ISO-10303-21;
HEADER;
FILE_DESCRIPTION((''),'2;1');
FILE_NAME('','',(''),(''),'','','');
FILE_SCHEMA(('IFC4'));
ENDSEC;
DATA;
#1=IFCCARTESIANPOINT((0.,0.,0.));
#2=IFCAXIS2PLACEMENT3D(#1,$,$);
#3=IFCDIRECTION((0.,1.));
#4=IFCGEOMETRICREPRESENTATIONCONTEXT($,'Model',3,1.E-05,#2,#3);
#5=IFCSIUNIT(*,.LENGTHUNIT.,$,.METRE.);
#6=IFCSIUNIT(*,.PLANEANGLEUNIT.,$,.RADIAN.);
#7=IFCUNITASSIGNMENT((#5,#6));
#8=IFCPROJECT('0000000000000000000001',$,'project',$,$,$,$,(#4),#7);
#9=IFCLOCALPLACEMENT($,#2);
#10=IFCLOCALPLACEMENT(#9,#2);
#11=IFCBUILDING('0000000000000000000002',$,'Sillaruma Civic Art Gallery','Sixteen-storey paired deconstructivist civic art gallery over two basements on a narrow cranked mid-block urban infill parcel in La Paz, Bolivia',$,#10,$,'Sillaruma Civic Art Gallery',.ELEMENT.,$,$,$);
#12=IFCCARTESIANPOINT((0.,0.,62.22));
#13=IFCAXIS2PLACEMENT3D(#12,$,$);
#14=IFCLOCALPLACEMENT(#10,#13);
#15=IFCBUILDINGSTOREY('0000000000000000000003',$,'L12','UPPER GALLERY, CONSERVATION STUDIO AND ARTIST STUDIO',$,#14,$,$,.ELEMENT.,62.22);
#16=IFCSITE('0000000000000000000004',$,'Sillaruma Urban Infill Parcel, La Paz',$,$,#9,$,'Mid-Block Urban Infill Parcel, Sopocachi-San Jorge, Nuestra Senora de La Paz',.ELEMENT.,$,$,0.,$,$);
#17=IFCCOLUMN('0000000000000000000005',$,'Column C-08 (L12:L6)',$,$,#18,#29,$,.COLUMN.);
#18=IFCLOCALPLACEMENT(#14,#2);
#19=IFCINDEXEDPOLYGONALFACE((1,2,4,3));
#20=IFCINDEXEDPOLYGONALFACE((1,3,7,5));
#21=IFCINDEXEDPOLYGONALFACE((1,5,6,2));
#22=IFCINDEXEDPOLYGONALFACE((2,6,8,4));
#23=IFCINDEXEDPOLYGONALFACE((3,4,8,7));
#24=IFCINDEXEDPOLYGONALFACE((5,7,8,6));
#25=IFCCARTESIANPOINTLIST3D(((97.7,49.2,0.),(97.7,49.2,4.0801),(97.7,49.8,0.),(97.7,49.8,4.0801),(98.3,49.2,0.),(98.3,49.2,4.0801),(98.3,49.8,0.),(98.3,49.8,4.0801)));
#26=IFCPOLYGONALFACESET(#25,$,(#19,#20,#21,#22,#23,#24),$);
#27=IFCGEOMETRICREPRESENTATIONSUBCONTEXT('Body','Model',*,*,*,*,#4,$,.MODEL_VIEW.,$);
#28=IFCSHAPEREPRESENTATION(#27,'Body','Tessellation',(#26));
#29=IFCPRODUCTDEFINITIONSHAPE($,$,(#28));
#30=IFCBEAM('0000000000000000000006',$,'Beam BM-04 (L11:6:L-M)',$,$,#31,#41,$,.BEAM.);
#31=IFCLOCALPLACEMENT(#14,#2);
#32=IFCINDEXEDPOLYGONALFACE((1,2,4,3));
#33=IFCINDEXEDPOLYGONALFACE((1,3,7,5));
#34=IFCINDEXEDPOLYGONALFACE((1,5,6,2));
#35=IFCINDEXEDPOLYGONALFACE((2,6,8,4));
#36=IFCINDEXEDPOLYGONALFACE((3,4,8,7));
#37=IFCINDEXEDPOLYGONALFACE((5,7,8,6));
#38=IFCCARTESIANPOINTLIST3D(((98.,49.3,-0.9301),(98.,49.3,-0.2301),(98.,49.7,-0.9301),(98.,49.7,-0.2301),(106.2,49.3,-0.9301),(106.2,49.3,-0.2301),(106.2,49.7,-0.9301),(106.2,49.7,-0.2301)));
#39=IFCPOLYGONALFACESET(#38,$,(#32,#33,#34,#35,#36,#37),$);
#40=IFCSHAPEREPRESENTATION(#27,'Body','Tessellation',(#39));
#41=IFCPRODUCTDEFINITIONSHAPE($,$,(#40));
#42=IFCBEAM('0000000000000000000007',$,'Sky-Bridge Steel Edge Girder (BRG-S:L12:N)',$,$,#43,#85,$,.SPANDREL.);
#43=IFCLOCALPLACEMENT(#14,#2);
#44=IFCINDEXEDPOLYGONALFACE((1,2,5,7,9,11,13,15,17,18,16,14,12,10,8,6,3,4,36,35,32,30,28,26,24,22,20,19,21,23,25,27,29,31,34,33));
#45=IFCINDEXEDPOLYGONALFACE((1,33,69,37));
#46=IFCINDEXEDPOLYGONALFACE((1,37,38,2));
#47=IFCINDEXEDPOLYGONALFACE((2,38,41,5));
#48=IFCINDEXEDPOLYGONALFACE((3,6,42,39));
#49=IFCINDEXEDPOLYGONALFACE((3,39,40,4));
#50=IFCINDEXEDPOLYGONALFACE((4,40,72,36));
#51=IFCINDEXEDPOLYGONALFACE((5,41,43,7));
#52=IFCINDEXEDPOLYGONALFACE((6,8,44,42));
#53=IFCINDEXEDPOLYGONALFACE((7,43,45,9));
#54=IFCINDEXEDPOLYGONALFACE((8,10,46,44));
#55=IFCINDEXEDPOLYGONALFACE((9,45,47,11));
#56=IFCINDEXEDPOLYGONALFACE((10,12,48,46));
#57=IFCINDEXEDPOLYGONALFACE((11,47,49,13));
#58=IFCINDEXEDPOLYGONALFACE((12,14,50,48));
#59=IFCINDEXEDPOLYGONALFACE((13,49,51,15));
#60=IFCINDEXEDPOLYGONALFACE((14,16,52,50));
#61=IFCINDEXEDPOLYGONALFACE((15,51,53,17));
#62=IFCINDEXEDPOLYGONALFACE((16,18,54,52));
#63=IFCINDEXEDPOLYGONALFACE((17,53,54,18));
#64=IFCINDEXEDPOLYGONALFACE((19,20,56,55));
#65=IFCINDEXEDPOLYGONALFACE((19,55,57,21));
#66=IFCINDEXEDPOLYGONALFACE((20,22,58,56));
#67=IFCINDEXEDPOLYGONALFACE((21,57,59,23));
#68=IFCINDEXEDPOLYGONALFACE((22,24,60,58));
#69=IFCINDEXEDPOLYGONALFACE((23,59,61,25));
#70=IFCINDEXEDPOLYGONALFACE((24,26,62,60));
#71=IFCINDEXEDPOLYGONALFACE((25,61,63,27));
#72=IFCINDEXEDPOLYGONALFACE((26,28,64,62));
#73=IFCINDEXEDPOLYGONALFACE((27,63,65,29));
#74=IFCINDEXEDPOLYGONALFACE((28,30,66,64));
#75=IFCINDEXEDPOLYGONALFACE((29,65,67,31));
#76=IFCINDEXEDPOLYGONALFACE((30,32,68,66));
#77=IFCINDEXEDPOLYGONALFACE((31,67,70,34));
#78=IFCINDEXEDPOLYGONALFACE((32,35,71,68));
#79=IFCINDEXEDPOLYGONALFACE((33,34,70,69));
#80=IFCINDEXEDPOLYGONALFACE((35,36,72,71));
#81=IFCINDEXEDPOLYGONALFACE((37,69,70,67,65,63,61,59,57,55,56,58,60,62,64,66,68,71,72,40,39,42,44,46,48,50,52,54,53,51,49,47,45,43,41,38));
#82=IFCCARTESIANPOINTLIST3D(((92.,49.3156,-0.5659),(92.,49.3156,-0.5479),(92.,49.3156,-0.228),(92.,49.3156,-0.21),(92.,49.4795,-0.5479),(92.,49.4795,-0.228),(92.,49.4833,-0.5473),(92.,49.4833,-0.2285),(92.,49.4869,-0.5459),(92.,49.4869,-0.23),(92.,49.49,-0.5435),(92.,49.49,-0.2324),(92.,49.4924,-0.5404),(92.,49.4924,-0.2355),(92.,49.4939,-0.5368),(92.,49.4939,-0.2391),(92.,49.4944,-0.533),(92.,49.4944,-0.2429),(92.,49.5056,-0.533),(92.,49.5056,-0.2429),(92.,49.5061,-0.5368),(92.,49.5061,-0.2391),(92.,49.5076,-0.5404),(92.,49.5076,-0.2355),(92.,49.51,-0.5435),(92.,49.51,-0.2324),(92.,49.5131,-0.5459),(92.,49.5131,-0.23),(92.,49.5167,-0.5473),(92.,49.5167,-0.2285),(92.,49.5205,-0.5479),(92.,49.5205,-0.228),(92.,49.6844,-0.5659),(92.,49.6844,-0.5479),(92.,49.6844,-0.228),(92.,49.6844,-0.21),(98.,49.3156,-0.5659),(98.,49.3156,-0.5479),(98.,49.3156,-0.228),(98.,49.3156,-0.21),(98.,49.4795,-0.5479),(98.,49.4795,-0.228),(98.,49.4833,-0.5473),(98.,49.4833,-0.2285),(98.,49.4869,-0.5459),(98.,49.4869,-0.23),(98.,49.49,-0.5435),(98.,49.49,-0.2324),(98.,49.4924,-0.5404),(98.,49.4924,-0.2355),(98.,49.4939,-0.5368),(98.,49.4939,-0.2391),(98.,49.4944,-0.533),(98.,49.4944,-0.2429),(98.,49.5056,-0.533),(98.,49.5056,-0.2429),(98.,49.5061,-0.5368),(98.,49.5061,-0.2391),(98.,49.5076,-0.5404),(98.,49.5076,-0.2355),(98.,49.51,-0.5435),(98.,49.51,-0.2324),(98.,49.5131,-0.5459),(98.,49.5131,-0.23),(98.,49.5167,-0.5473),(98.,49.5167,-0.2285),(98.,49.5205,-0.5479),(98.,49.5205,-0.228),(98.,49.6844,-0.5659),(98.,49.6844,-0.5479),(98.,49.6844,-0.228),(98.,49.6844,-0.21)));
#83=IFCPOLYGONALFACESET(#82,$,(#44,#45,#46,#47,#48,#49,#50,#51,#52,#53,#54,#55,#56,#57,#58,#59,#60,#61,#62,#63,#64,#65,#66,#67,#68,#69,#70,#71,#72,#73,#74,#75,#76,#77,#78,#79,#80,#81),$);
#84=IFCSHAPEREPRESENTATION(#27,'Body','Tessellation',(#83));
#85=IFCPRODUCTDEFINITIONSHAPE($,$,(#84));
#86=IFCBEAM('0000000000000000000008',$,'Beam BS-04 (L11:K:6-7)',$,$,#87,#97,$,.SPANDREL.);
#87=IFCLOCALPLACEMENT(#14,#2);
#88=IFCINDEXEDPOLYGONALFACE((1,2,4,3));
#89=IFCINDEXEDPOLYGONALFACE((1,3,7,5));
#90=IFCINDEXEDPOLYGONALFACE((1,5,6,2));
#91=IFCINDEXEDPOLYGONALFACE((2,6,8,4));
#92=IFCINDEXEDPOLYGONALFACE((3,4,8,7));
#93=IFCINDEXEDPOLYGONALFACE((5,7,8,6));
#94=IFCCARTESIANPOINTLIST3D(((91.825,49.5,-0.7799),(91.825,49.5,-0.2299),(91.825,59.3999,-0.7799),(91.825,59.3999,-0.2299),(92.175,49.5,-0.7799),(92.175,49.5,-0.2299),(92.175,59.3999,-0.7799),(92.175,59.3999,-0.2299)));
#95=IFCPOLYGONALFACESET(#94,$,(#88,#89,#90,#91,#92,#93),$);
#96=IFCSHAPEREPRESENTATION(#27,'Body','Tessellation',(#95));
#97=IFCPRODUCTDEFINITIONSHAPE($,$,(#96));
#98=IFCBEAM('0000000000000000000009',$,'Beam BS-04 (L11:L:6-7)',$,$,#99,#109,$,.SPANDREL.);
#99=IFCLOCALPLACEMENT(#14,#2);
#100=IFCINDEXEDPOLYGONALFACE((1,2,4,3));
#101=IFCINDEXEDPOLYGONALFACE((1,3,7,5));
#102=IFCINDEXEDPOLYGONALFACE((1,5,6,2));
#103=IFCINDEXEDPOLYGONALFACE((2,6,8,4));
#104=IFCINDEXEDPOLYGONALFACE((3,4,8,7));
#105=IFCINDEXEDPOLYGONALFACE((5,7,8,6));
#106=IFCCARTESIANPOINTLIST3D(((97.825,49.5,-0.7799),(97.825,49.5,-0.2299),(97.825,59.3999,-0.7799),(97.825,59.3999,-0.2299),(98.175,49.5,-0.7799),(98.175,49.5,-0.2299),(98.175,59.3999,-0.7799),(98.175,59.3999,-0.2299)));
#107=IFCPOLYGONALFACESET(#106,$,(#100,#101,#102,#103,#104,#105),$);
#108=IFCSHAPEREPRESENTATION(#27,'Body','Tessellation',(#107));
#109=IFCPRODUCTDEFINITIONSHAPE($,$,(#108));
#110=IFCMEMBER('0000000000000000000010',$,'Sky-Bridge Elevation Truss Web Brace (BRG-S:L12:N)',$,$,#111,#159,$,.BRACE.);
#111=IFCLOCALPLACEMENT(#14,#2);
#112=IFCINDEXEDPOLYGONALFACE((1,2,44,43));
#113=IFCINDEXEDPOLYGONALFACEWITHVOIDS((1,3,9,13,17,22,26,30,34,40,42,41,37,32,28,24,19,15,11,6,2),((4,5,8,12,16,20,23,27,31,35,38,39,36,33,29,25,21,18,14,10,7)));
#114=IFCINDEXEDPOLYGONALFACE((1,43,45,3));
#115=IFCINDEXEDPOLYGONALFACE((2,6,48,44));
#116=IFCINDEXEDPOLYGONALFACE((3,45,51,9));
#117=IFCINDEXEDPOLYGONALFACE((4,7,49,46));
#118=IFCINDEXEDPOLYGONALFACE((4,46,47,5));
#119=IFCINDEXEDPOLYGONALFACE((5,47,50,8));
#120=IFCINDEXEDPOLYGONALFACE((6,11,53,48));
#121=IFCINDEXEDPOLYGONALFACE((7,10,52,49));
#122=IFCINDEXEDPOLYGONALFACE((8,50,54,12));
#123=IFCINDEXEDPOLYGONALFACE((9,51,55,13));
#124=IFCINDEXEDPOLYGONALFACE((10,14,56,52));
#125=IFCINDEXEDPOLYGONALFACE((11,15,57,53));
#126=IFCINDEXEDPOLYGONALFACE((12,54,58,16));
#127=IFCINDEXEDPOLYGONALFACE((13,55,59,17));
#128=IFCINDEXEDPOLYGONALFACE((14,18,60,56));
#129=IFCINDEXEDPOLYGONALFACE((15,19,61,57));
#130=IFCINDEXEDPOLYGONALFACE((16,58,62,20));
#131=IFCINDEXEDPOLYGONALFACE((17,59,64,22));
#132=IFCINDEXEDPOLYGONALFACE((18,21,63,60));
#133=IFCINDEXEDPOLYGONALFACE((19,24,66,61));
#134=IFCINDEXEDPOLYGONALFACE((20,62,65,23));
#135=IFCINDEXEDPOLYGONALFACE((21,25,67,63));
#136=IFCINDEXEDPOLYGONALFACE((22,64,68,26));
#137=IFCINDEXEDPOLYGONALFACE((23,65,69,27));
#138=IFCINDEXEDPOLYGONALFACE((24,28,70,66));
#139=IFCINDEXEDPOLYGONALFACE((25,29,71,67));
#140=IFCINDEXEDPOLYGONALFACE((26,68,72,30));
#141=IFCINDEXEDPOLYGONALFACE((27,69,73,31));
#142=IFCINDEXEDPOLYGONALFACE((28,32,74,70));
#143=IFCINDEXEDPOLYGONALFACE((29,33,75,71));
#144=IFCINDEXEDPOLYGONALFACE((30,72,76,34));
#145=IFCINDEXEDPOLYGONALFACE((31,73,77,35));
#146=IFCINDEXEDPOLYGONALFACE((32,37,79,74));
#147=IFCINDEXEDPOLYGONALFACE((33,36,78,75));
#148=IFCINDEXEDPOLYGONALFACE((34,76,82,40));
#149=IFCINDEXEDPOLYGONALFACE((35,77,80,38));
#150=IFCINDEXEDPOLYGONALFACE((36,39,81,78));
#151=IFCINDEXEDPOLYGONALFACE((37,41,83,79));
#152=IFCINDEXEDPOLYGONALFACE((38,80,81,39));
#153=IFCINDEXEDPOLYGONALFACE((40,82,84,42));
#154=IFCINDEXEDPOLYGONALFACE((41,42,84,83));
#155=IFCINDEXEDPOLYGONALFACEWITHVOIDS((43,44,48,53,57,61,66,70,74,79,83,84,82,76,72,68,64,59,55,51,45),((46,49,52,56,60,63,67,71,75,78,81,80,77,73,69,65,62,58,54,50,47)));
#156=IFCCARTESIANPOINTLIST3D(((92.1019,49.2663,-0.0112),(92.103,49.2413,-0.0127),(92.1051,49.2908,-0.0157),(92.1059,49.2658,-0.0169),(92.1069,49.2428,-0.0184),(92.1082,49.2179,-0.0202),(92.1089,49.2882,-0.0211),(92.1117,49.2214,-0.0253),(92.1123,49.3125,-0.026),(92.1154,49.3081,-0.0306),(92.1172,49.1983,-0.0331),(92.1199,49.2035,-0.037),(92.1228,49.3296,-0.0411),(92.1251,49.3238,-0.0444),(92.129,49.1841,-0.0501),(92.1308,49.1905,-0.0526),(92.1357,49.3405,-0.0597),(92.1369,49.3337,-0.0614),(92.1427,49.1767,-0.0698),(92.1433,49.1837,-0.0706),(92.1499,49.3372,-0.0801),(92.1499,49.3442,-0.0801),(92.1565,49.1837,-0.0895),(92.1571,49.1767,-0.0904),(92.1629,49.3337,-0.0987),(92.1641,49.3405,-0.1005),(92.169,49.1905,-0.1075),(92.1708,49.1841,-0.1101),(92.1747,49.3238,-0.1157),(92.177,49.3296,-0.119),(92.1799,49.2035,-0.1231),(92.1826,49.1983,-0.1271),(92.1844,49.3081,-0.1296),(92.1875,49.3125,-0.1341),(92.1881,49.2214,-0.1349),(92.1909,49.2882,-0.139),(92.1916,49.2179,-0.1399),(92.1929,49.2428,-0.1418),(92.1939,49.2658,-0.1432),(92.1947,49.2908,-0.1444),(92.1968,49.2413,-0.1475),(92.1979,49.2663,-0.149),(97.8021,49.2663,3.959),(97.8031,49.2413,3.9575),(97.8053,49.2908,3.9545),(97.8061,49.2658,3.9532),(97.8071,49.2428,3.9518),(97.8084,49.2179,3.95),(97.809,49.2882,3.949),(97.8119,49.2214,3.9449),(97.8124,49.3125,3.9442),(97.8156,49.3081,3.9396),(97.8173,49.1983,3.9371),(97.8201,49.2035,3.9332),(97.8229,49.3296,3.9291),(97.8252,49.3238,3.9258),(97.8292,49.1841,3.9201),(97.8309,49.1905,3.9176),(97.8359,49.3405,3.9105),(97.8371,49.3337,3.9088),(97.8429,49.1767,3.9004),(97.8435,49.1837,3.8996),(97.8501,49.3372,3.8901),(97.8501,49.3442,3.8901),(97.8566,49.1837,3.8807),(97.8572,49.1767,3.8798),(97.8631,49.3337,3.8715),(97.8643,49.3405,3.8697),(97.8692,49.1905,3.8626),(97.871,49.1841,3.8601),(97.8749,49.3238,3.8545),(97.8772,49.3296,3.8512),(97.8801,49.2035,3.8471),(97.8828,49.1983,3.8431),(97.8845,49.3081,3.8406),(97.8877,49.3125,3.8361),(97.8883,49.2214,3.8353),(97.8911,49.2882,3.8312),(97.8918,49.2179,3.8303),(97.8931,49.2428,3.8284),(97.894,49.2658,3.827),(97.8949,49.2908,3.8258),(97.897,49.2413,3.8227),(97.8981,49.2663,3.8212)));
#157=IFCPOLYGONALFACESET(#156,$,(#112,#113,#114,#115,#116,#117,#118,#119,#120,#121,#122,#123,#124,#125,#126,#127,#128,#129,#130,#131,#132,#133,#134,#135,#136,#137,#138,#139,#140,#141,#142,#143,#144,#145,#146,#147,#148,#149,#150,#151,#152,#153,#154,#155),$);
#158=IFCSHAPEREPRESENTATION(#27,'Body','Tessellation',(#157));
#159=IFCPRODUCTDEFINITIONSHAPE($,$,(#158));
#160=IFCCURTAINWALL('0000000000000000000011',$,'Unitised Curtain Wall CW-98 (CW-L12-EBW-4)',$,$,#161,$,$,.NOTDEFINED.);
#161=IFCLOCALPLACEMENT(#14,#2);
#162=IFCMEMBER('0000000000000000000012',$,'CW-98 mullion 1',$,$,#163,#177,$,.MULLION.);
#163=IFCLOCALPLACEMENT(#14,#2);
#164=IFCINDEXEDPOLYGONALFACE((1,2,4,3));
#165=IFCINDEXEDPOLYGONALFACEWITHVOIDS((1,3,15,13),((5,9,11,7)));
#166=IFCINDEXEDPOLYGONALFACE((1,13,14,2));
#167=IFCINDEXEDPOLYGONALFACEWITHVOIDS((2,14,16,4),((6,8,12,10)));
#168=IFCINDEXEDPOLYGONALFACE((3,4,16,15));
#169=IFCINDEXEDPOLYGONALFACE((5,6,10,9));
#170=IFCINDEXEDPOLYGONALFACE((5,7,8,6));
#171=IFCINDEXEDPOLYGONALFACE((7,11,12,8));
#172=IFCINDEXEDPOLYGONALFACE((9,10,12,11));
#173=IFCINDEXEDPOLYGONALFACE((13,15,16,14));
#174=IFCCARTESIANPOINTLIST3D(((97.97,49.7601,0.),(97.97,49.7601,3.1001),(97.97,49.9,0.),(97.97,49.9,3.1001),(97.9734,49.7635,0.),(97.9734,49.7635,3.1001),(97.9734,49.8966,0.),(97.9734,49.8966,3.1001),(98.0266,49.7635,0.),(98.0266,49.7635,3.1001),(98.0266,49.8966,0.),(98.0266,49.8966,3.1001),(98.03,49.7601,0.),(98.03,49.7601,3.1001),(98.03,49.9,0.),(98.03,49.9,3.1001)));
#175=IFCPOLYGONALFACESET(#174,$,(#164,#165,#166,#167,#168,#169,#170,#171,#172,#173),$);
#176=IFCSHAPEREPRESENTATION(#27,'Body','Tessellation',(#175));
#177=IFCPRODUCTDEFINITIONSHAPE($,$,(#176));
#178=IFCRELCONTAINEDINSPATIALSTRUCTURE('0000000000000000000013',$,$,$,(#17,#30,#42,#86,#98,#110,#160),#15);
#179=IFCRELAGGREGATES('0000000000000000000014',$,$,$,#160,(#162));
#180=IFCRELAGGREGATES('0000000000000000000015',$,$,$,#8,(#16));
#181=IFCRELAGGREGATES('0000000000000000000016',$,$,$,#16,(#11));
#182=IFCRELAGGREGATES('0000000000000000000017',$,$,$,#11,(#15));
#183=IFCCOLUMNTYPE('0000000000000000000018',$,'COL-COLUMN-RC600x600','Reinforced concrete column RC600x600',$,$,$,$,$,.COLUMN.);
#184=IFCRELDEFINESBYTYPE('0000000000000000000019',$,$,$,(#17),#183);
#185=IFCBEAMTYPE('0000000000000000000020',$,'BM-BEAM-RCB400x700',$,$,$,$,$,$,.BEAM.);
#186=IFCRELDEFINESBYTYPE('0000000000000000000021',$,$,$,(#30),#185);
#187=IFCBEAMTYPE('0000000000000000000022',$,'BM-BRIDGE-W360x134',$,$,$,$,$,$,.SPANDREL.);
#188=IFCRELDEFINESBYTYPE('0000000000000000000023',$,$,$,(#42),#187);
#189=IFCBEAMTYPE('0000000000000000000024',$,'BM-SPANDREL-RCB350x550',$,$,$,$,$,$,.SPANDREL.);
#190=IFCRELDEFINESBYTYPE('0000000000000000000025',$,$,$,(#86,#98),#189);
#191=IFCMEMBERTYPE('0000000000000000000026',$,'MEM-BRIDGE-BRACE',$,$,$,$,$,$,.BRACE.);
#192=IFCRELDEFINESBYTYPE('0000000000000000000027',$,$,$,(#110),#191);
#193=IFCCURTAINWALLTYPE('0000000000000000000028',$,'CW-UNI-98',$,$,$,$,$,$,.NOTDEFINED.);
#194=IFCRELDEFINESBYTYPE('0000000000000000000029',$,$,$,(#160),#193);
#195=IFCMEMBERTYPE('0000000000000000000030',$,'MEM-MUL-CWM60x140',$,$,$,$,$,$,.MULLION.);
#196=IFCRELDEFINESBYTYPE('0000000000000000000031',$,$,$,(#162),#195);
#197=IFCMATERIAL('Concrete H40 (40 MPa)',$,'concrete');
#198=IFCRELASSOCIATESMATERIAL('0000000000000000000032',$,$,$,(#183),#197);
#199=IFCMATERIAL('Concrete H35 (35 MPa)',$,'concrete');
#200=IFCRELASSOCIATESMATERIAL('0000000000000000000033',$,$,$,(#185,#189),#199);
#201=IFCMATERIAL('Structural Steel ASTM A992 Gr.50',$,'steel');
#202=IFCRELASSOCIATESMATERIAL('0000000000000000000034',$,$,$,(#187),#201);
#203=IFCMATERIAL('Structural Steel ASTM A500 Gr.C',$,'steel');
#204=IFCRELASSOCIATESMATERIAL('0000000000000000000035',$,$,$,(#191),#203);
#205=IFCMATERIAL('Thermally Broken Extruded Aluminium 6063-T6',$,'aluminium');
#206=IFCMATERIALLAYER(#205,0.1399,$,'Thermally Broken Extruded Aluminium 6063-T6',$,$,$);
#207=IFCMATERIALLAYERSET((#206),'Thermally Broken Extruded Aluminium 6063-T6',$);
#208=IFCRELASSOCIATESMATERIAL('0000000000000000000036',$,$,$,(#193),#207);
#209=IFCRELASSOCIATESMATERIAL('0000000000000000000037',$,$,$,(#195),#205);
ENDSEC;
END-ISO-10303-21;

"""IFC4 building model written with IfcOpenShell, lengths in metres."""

from ifc_helpers import new_model, si_unit, direction, frame, origin, origin_2d, place, context, subcontext, project, spatial, rectangle, hollow_rectangle, hollow_circle, i_section, extrude, material, layer, layer_set, material_profile, profile_set, type_object, element, aggregate, save


model = new_model("IFC4")

# Units and contexts
model_context = context("Model", 3, precision=1e-05, world=origin(), true_north=direction((0.0, 1.0)))
body_context = subcontext(model_context, "Body", "Model", "MODEL_VIEW")
ifc_project = project(units=[si_unit("LENGTHUNIT", "METRE"), si_unit("PLANEANGLEUNIT", "RADIAN")], contexts=[model_context])

# Site, building, storey
site_placement = place(None, origin())
site = spatial("IfcSite", under=ifc_project, at=site_placement, Name="Sillaruma Urban Infill Parcel, La Paz", LongName="Mid-Block Urban Infill Parcel, Sopocachi-San Jorge, Nuestra Senora de La Paz", CompositionType="ELEMENT", RefElevation=0.0)
building_placement = place(site_placement, origin())
building = spatial("IfcBuilding", under=site, at=building_placement, Name="Sillaruma Civic Art Gallery", Description="Sixteen-storey paired deconstructivist civic art gallery over two basements on a narrow cranked mid-block urban infill parcel in La Paz, Bolivia", LongName="Sillaruma Civic Art Gallery", CompositionType="ELEMENT")
storey_placement = place(building_placement, frame((0.0, 0.0, 62.22)))
storey = spatial("IfcBuildingStorey", under=building, at=storey_placement, Name="L12", Description="UPPER GALLERY, CONSERVATION STUDIO AND ARTIST STUDIO", CompositionType="ELEMENT", Elevation=62.22)

# Column
ifc_material_1 = material(Name="Concrete H40 (40 MPa)", Category="concrete")
ifc_material_profile_1 = material_profile(ifc_material_1, rectangle(XDim=0.6001, YDim=0.6001, at=origin_2d()), Name="RC600x600")
ifc_profile_set_1 = profile_set([ifc_material_profile_1], Name="Concrete H40 (40 MPa)")
column_type = type_object("IfcColumnType", Name="COL-COLUMN-RC600x600", Description="Reinforced concrete column RC600x600", PredefinedType="COLUMN", material=ifc_profile_set_1)
column_placement = place(storey_placement, frame((98.0, 49.5, 0.0), z_axis=(0.0, 0.0, 1.0), x_axis=(1.0, 0.0, 0.0)))
element("IfcColumn", 1, at=column_placement, inside=storey, type_object=column_type, Name="Column C-08 (L12:L6)", PredefinedType="COLUMN", context=body_context, shape_type="SweptSolid", body=[
    extrude(rectangle(XDim=0.6001, YDim=0.6001, at=origin_2d()), origin(), (0.0, 0.0, 1.0), 4.0801),
])

# Beams
ifc_material_2 = material(Name="Concrete H35 (35 MPa)", Category="concrete")
ifc_material_profile_2 = material_profile(ifc_material_2, rectangle(XDim=0.3999, YDim=0.7, at=origin_2d()), Name="RCB400x700")
ifc_profile_set_2 = profile_set([ifc_material_profile_2], Name="Concrete H35 (35 MPa)")
beam_type_1 = type_object("IfcBeamType", Name="BM-BEAM-RCB400x700", PredefinedType="BEAM", material=ifc_profile_set_2)
beam_1_placement = place(storey_placement, frame((98.0, 49.5, -0.5801), z_axis=(1.0, 0.0, 0.0), x_axis=(0.0, 1.0, 0.0)))
element("IfcBeam", 2, at=beam_1_placement, inside=storey, type_object=beam_type_1, Name="Beam BM-04 (L11:6:L-M)", PredefinedType="BEAM", context=body_context, shape_type="SweptSolid", body=[
    extrude(rectangle(XDim=0.3999, YDim=0.7, at=origin_2d()), origin(), (0.0, 0.0, 1.0), 8.2),
])
ifc_material_3 = material(Name="Structural Steel ASTM A992 Gr.50", Category="steel")
ifc_material_profile_3 = material_profile(ifc_material_3, i_section(OverallWidth=0.3689, OverallDepth=0.356, WebThickness=0.0112, FlangeThickness=0.0181, FilletRadius=0.0149, at=origin_2d()), Name="W360x134")
ifc_profile_set_3 = profile_set([ifc_material_profile_3], Name="Structural Steel ASTM A992 Gr.50")
beam_type_2 = type_object("IfcBeamType", Name="BM-BRIDGE-W360x134", PredefinedType="SPANDREL", material=ifc_profile_set_3)
beam_2_placement = place(storey_placement, frame((92.0, 49.5, -0.3879), z_axis=(1.0, 0.0, 0.0), x_axis=(0.0, 1.0, 0.0)))
element("IfcBeam", 3, at=beam_2_placement, inside=storey, type_object=beam_type_2, Name="Sky-Bridge Steel Edge Girder (BRG-S:L12:N)", PredefinedType="SPANDREL", context=body_context, shape_type="SweptSolid", body=[
    extrude(i_section(OverallWidth=0.3689, OverallDepth=0.356, WebThickness=0.0112, FlangeThickness=0.0181, FilletRadius=0.0149, at=origin_2d()), origin(), (0.0, 0.0, 1.0), 6.0),
])
ifc_material_profile_4 = material_profile(ifc_material_2, rectangle(XDim=0.3501, YDim=0.55, at=origin_2d()), Name="RCB350x550")
ifc_profile_set_4 = profile_set([ifc_material_profile_4], Name="Concrete H35 (35 MPa)")
beam_type_3 = type_object("IfcBeamType", Name="BM-SPANDREL-RCB350x550", PredefinedType="SPANDREL", material=ifc_profile_set_4)
for number, where, z_axis, x_axis, name in (
    (4, (92.0, 49.5, -0.5049), (0.0, 1.0, 0.0), (-1.0, 0.0, 0.0), "Beam BS-04 (L11:K:6-7)"),
    (5, (98.0, 49.5, -0.5049), (0.0, 1.0, 0.0), (-1.0, 0.0, 0.0), "Beam BS-04 (L11:L:6-7)"),
):
    element("IfcBeam", number, at=place(storey_placement, frame(where, z_axis=z_axis, x_axis=x_axis)), inside=storey, type_object=beam_type_3, Name=name, PredefinedType="SPANDREL", context=body_context, shape_type="SweptSolid", body=[
        extrude(rectangle(XDim=0.3501, YDim=0.55, at=origin_2d()), origin(), (0.0, 0.0, 1.0), 9.8999),
    ])

# Member
ifc_material_4 = material(Name="Structural Steel ASTM A500 Gr.C", Category="steel")
ifc_material_profile_5 = material_profile(ifc_material_4, hollow_circle(Radius=0.0842, WallThickness=0.0071, at=origin_2d()), Name="CHS168.3x7.1")
ifc_profile_set_5 = profile_set([ifc_material_profile_5], Name="Structural Steel ASTM A500 Gr.C")
member_type_1 = type_object("IfcMemberType", Name="MEM-BRIDGE-BRACE", PredefinedType="BRACE", material=ifc_profile_set_5)
member_1_placement = place(storey_placement, frame((92.1499, 49.26, -0.0801), z_axis=(0.820577, 0.0, 0.571536), x_axis=(0.0, 1.0, 0.0)))
element("IfcMember", 6, at=member_1_placement, inside=storey, type_object=member_type_1, Name="Sky-Bridge Elevation Truss Web Brace (BRG-S:L12:N)", PredefinedType="BRACE", context=body_context, shape_type="SweptSolid", body=[
    extrude(hollow_circle(Radius=0.0842, WallThickness=0.0071, at=origin_2d()), origin(), (0.0, 0.0, 1.0), 6.9465),
])

# Curtain wall, member
ifc_material_5 = material(Name="Thermally Broken Extruded Aluminium 6063-T6", Category="aluminium")
ifc_layer_1 = layer(ifc_material_5, 0.1399, Name="Thermally Broken Extruded Aluminium 6063-T6")
ifc_layer_set_1 = layer_set([ifc_layer_1], Name="Thermally Broken Extruded Aluminium 6063-T6")
curtain_wall_type_1 = type_object("IfcCurtainWallType", Name="CW-UNI-98", PredefinedType="NOTDEFINED", material=ifc_layer_set_1)
curtain_wall_1_placement = place(storey_placement, origin())
curtain_wall_1 = element("IfcCurtainWall", 7, at=curtain_wall_1_placement, inside=storey, type_object=curtain_wall_type_1, Name="Unitised Curtain Wall CW-98 (CW-L12-EBW-4)", PredefinedType="NOTDEFINED")
ifc_material_profile_6 = material_profile(ifc_material_5, hollow_rectangle(XDim=0.0601, YDim=0.1399, WallThickness=0.0034, at=origin_2d()), Name="CWM60x140")
ifc_profile_set_6 = profile_set([ifc_material_profile_6], Name="Thermally Broken Extruded Aluminium 6063-T6")
member_type_2 = type_object("IfcMemberType", Name="MEM-MUL-CWM60x140", PredefinedType="MULLION", material=ifc_profile_set_6)
member_2_placement = place(storey_placement, frame((98.0, 49.8301, 0.0), z_axis=(0.0, 0.0, 1.0), x_axis=(-1.0, 0.0, 0.0)))
member_2 = element("IfcMember", 8, at=member_2_placement, type_object=member_type_2, Name="CW-98 mullion 1", PredefinedType="MULLION", context=body_context, shape_type="SweptSolid", body=[
    extrude(hollow_rectangle(XDim=0.0601, YDim=0.1399, WallThickness=0.0034, at=origin_2d()), origin(), (0.0, 0.0, 1.0), 3.1001),
])

aggregate(curtain_wall_1, [member_2])

save(model, "model.ifc")
